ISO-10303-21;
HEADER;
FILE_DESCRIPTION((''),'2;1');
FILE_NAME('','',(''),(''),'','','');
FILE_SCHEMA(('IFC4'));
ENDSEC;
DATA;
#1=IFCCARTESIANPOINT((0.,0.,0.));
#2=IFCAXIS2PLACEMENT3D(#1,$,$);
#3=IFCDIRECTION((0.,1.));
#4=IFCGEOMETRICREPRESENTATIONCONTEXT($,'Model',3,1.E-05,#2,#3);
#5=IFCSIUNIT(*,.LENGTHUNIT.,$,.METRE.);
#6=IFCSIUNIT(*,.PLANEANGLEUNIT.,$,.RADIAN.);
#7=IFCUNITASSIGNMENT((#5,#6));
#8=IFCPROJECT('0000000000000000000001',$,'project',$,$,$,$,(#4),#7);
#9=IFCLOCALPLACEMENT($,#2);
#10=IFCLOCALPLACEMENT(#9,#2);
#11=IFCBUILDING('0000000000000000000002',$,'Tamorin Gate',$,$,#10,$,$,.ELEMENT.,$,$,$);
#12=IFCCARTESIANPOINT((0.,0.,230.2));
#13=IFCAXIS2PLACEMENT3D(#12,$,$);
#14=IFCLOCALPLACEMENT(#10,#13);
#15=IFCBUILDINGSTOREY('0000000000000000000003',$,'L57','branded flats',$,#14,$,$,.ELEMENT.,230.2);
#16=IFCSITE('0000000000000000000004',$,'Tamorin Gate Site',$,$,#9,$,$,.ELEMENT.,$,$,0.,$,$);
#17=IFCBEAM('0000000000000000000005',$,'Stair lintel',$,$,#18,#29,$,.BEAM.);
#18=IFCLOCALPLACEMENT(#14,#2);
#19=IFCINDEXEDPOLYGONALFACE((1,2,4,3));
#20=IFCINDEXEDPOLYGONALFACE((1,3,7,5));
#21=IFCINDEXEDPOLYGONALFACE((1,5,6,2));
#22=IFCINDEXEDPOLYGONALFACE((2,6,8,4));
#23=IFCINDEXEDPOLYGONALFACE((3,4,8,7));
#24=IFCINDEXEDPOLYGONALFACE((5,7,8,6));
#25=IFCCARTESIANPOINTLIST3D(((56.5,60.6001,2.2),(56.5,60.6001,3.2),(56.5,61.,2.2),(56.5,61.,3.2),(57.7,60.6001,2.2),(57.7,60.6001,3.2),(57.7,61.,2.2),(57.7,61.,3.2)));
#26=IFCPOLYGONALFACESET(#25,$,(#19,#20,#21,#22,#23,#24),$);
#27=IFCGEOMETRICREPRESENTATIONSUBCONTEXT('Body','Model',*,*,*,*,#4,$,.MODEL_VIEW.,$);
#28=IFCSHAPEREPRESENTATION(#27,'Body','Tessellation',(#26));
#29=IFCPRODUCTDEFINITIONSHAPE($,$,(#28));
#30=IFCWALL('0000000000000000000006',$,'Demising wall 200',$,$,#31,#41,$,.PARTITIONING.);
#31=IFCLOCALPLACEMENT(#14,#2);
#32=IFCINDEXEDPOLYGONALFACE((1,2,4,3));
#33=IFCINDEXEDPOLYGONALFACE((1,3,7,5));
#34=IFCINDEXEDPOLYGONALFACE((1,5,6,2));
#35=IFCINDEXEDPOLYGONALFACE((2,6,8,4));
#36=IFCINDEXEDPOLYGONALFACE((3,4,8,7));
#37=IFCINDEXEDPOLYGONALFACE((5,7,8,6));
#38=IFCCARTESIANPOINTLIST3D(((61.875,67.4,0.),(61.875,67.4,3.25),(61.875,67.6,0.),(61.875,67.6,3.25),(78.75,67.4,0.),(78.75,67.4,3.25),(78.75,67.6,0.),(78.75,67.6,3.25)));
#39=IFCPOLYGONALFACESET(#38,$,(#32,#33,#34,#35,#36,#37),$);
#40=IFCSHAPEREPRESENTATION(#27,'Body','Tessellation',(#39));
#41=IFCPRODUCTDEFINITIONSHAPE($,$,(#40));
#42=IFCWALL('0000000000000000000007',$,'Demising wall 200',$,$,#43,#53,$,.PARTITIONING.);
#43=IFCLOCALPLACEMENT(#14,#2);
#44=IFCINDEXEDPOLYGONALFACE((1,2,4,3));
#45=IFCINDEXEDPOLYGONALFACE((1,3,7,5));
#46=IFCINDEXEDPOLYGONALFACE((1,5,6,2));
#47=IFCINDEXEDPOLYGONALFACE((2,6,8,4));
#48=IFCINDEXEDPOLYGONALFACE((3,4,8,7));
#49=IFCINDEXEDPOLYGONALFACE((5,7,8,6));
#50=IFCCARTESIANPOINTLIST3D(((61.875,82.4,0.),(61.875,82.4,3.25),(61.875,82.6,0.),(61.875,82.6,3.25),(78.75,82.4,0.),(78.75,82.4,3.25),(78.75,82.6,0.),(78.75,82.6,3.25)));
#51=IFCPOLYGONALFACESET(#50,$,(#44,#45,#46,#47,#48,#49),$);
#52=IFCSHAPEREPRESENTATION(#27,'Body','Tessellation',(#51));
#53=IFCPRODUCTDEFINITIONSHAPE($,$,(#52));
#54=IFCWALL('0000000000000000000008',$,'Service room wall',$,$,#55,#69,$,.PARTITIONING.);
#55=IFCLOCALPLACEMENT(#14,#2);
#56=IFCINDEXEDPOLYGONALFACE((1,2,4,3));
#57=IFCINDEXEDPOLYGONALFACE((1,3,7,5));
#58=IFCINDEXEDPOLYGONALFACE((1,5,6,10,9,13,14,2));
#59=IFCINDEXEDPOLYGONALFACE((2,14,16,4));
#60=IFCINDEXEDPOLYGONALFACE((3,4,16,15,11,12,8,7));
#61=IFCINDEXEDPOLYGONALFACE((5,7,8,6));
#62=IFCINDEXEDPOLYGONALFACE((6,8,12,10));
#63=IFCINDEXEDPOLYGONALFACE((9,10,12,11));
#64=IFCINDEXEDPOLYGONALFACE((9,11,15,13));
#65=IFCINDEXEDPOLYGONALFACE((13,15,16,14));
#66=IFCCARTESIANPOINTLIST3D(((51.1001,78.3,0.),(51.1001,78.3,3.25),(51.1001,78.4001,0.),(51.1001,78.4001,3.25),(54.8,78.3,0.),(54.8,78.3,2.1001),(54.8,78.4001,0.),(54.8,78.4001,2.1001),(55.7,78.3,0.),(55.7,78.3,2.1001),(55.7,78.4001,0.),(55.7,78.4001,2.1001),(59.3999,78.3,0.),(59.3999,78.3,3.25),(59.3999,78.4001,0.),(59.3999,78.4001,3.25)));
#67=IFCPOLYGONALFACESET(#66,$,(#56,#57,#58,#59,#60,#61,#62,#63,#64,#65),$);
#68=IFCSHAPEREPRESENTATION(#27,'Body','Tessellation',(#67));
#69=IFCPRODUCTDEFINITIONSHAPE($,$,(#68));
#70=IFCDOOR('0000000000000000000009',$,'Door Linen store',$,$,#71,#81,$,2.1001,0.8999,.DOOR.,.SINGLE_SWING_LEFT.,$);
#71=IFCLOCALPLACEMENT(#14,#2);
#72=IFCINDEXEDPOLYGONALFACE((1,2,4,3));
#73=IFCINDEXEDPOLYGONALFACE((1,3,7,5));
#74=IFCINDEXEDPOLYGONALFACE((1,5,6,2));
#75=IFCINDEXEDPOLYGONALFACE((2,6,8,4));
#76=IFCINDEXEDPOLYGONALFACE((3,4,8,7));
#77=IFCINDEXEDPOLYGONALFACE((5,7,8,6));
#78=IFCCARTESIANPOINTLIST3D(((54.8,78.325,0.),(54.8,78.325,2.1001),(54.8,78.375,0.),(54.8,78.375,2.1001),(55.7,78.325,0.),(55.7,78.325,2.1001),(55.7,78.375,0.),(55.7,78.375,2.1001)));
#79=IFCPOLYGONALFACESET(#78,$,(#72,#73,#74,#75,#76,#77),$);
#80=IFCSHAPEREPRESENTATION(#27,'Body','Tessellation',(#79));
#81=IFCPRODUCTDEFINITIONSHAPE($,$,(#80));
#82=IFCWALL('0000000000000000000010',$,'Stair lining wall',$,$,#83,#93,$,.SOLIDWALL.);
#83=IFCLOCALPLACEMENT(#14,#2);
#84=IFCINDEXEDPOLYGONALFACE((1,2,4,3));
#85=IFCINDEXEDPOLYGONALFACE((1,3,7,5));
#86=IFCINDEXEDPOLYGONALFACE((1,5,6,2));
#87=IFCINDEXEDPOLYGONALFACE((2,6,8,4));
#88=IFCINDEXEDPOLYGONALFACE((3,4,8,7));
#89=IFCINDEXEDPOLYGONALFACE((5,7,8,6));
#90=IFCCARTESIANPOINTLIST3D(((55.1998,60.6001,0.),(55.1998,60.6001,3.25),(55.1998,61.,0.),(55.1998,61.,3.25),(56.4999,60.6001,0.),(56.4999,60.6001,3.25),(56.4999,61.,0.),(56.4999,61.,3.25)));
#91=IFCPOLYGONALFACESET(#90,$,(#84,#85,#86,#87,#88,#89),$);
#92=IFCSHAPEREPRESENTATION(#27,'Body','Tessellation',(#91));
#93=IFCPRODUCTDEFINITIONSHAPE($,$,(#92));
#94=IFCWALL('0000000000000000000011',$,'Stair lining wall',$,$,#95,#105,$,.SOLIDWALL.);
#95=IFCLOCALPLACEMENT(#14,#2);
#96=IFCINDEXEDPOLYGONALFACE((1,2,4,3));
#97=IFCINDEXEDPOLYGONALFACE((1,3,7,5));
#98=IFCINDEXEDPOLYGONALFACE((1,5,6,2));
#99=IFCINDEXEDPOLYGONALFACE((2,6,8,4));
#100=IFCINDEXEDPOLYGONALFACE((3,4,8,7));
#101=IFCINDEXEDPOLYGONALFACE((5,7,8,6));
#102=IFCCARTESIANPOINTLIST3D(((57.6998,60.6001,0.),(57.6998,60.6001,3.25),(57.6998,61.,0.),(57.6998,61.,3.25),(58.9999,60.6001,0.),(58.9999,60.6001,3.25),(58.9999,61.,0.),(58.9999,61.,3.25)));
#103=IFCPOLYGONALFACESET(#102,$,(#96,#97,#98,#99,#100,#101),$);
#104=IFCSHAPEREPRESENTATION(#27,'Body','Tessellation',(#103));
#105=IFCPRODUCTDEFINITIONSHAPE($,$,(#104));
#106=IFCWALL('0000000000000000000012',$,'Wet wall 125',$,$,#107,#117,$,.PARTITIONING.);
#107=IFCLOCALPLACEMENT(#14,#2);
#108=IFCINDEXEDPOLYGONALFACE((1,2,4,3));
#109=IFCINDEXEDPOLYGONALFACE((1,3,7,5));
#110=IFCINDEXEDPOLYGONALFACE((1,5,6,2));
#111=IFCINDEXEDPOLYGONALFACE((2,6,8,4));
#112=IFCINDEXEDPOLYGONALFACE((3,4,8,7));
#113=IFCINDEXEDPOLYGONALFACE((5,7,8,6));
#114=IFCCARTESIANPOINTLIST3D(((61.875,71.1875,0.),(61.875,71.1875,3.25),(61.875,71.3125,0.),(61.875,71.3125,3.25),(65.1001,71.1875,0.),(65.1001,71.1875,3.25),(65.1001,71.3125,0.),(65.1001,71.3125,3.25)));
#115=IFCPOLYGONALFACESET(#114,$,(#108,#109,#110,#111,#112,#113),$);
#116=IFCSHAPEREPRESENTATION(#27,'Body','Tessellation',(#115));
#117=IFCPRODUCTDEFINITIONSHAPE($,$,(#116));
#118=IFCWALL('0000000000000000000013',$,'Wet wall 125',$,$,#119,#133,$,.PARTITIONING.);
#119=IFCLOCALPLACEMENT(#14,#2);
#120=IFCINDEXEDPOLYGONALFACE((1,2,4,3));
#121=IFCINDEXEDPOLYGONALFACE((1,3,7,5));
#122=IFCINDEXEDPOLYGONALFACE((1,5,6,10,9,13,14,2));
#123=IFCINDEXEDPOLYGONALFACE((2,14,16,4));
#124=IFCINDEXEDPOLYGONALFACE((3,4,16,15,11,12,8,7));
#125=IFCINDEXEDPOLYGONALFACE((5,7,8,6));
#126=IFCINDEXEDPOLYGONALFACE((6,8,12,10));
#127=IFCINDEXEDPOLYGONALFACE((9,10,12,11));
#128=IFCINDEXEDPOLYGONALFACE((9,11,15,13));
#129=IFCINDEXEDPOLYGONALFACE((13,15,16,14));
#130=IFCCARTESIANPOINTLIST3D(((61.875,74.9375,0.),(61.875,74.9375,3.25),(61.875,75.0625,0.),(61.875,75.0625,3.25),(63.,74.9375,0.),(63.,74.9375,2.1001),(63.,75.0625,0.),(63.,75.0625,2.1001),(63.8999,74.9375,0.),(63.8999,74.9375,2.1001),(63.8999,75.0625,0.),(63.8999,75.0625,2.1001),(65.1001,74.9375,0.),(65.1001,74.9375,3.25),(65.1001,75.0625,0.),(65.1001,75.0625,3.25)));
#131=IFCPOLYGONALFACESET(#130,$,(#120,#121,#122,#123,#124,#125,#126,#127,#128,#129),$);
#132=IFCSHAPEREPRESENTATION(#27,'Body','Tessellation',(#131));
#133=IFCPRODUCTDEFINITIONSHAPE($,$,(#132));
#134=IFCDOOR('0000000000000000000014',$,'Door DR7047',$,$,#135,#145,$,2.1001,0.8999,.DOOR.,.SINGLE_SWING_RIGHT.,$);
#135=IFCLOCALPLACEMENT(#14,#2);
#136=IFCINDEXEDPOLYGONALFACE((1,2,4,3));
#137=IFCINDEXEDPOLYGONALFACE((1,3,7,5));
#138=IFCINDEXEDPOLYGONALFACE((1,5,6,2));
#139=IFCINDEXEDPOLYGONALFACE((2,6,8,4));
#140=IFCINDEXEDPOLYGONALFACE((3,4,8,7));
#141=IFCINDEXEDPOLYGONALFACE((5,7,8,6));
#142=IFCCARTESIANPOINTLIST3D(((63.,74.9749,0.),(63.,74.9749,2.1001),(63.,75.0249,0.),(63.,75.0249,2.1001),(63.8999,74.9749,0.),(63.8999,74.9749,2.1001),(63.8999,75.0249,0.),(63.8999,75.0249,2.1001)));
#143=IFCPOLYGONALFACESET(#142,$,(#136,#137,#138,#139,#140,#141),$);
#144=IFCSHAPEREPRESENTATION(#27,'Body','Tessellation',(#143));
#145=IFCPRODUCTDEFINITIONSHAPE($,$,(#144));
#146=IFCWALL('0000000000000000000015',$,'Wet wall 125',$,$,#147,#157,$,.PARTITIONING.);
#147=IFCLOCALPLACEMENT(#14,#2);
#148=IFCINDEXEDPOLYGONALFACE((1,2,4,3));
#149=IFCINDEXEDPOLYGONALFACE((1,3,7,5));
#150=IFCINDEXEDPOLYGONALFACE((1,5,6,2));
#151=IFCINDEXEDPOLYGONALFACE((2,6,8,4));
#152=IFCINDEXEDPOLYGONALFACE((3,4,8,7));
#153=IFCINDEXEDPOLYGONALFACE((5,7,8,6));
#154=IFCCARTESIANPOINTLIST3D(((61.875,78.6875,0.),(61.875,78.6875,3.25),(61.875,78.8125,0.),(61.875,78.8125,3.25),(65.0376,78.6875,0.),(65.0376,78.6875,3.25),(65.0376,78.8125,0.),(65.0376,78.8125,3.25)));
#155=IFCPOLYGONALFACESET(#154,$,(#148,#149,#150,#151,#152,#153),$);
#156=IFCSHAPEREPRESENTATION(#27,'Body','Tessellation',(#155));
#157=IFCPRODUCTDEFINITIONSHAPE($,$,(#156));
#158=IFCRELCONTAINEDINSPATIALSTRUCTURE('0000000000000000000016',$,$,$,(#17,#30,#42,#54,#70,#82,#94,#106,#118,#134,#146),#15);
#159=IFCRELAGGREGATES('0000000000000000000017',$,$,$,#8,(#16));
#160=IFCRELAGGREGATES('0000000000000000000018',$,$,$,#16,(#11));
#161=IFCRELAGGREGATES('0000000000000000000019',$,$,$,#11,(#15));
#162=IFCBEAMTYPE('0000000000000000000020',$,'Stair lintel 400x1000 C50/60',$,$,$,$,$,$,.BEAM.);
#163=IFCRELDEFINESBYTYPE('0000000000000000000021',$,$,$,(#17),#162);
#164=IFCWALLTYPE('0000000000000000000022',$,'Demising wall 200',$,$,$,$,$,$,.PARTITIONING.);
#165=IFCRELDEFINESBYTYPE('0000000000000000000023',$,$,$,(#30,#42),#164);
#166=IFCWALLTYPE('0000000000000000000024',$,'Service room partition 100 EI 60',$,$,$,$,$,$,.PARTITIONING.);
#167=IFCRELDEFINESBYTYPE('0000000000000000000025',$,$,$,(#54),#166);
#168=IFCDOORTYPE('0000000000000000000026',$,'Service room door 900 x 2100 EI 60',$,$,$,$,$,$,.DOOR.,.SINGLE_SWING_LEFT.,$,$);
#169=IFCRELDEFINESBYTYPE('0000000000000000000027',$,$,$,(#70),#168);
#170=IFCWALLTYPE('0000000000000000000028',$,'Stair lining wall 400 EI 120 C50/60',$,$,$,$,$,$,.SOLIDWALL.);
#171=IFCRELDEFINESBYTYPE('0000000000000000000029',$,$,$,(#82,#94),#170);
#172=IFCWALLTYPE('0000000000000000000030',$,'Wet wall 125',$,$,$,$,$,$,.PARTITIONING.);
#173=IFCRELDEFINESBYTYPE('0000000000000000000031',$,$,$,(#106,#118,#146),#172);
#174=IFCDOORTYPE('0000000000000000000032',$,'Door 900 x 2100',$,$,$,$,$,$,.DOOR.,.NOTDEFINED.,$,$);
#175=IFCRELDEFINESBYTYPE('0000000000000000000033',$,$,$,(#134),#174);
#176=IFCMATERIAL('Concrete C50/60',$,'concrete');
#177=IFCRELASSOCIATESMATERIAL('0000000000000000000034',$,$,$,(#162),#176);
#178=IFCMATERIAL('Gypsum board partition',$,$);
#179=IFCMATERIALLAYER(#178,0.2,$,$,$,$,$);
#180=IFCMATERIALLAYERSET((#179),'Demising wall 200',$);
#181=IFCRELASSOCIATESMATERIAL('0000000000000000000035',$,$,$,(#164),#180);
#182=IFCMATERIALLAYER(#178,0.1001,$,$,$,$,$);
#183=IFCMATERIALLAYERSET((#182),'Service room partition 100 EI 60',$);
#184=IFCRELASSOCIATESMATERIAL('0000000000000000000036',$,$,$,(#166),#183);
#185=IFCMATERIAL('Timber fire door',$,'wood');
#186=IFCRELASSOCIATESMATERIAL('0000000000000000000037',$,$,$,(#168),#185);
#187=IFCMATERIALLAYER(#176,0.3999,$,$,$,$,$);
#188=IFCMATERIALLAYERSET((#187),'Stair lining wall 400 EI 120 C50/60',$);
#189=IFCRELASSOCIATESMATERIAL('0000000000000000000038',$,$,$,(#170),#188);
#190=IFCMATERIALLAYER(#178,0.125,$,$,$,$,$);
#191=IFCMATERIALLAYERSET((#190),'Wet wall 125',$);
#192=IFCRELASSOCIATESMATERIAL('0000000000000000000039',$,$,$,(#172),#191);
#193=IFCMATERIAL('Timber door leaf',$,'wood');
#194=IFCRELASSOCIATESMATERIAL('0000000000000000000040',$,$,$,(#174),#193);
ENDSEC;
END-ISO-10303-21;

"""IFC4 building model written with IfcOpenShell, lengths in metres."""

from ifc_helpers import new_model, si_unit, direction, frame, frame_2d, origin, origin_2d, place, context, subcontext, project, spatial, rectangle, extrude, material, layer, layer_set, material_profile, profile_set, type_object, element, fill, save


model = new_model("IFC4")

# Units and contexts
model_context = context("Model", 3, precision=1e-05, world=origin(), true_north=direction((0.0, 1.0)))
body_context = subcontext(model_context, "Body", "Model", "MODEL_VIEW")
ifc_project = project(units=[si_unit("LENGTHUNIT", "METRE"), si_unit("PLANEANGLEUNIT", "RADIAN")], contexts=[model_context])

# Site, building, storey
site_placement = place(None, origin())
site = spatial("IfcSite", under=ifc_project, at=site_placement, Name="Tamorin Gate Site", CompositionType="ELEMENT", RefElevation=0.0)
building_placement = place(site_placement, origin())
building = spatial("IfcBuilding", under=site, at=building_placement, Name="Tamorin Gate", CompositionType="ELEMENT")
storey_placement = place(building_placement, frame((0.0, 0.0, 230.2)))
storey = spatial("IfcBuildingStorey", under=building, at=storey_placement, Name="L57", Description="branded flats", CompositionType="ELEMENT", Elevation=230.2)

# Beam
ifc_material_1 = material(Name="Concrete C50/60", Category="concrete")
ifc_material_profile = material_profile(ifc_material_1, rectangle(XDim=0.3999, YDim=1.0, at=origin_2d()))
ifc_profile_set = profile_set([ifc_material_profile], Name="Concrete C50/60")
beam_type = type_object("IfcBeamType", Name="Stair lintel 400x1000 C50/60", PredefinedType="BEAM", material=ifc_profile_set)
beam_placement = place(storey_placement, frame((56.5, 60.8, 2.7), z_axis=(1.0, 0.0, 0.0), x_axis=(0.0, 1.0, 0.0)))
element("IfcBeam", 1, at=beam_placement, inside=storey, type_object=beam_type, Name="Stair lintel", PredefinedType="BEAM", context=body_context, shape_type="SweptSolid", body=[
    extrude(rectangle(XDim=0.3999, YDim=1.0, at=origin_2d()), origin(), (0.0, 0.0, 1.0), 1.2),
])

# Walls
ifc_material_2 = material(Name="Gypsum board partition")
ifc_layer_1 = layer(ifc_material_2, 0.2)
ifc_layer_set_1 = layer_set([ifc_layer_1], Name="Demising wall 200")
wall_type_1 = type_object("IfcWallType", Name="Demising wall 200", PredefinedType="PARTITIONING", material=ifc_layer_set_1)
for number, where, z_axis, x_axis, name in (
    (2, (61.875, 67.5, 0.0), (0.0, 0.0, 1.0), (1.0, 0.0, 0.0), "Demising wall 200"),
    (3, (61.875, 82.5, 0.0), (0.0, 0.0, 1.0), (1.0, 0.0, 0.0), "Demising wall 200"),
):
    element("IfcWall", number, at=place(storey_placement, frame(where, z_axis=z_axis, x_axis=x_axis)), inside=storey, type_object=wall_type_1, Name=name, PredefinedType="PARTITIONING", context=body_context, shape_type="SweptSolid", body=[
        extrude(rectangle(XDim=16.875, YDim=0.2, at=frame_2d((8.4375, 0.0))), origin(), (0.0, 0.0, 1.0), 3.25),
    ])

# Wall, opening, door
ifc_layer_2 = layer(ifc_material_2, 0.1001)
ifc_layer_set_2 = layer_set([ifc_layer_2], Name="Service room partition 100 EI 60")
wall_type_2 = type_object("IfcWallType", Name="Service room partition 100 EI 60", PredefinedType="PARTITIONING", material=ifc_layer_set_2)
wall_1_placement = place(storey_placement, frame((51.1001, 78.3501, 0.0), z_axis=(0.0, 0.0, 1.0), x_axis=(1.0, 0.0, 0.0)))
wall_1 = element("IfcWall", 4, at=wall_1_placement, inside=storey, type_object=wall_type_2, Name="Service room wall", PredefinedType="PARTITIONING", context=body_context, shape_type="SweptSolid", body=[
    extrude(rectangle(XDim=8.2998, YDim=0.1001, at=frame_2d((4.1499, 0.0))), origin(), (0.0, 0.0, 1.0), 3.25),
])
opening_1_placement = place(wall_1_placement, frame((3.7, 0.0, 0.0)))
opening_1 = element("IfcOpeningElement", 5, at=opening_1_placement, cuts=wall_1, PredefinedType="OPENING", context=body_context, shape_type="SweptSolid", body=[
    extrude(rectangle(XDim=0.8999, YDim=2.1001, at=frame_2d((0.45, 1.05))), frame((0.0, 0.0601, 0.0), z_axis=(0.0, -1.0, 0.0), x_axis=(1.0, 0.0, 0.0)), (0.0, 0.0, 1.0), 0.1201),
])
ifc_material_3 = material(Name="Timber fire door", Category="wood")
door_type_1 = type_object("IfcDoorType", Name="Service room door 900 x 2100 EI 60", OperationType="SINGLE_SWING_LEFT", PredefinedType="DOOR", material=ifc_material_3)
door_1_placement = place(opening_1_placement, origin())
door_1 = element("IfcDoor", 6, at=door_1_placement, inside=storey, type_object=door_type_1, Name="Door Linen store", OperationType="SINGLE_SWING_LEFT", OverallHeight=2.1001, OverallWidth=0.8999, PredefinedType="DOOR", context=body_context, shape_type="SweptSolid", body=[
    extrude(rectangle(XDim=0.8999, YDim=2.1001, at=frame_2d((0.45, 1.05))), frame((0.0, 0.0249, 0.0), z_axis=(0.0, -1.0, 0.0), x_axis=(1.0, 0.0, 0.0)), (0.0, 0.0, 1.0), 0.05),
])
fill(opening_1, door_1)

# Walls
ifc_layer_3 = layer(ifc_material_1, 0.3999)
ifc_layer_set_3 = layer_set([ifc_layer_3], Name="Stair lining wall 400 EI 120 C50/60")
wall_type_3 = type_object("IfcWallType", Name="Stair lining wall 400 EI 120 C50/60", PredefinedType="SOLIDWALL", material=ifc_layer_set_3)
for number, where, z_axis, x_axis, name in (
    (7, (55.2, 60.8, 0.0), (0.0, 0.0, 1.0), (1.0, 0.0, 0.0), "Stair lining wall"),
    (8, (57.7, 60.8, 0.0), (0.0, 0.0, 1.0), (1.0, 0.0, 0.0), "Stair lining wall"),
):
    element("IfcWall", number, at=place(storey_placement, frame(where, z_axis=z_axis, x_axis=x_axis)), inside=storey, type_object=wall_type_3, Name=name, PredefinedType="SOLIDWALL", context=body_context, shape_type="SweptSolid", body=[
        extrude(rectangle(XDim=1.3, YDim=0.3999, at=frame_2d((0.6499, 0.0))), origin(), (0.0, 0.0, 1.0), 3.25),
    ])
ifc_layer_4 = layer(ifc_material_2, 0.125)
ifc_layer_set_4 = layer_set([ifc_layer_4], Name="Wet wall 125")
wall_type_4 = type_object("IfcWallType", Name="Wet wall 125", PredefinedType="PARTITIONING", material=ifc_layer_set_4)
wall_2_placement = place(storey_placement, frame((61.875, 71.25, 0.0), z_axis=(0.0, 0.0, 1.0), x_axis=(1.0, 0.0, 0.0)))
element("IfcWall", 9, at=wall_2_placement, inside=storey, type_object=wall_type_4, Name="Wet wall 125", PredefinedType="PARTITIONING", context=body_context, shape_type="SweptSolid", body=[
    extrude(rectangle(XDim=3.2251, YDim=0.125, at=frame_2d((1.6125, 0.0))), origin(), (0.0, 0.0, 1.0), 3.25),
])

# Wall, opening, door
wall_3_placement = place(storey_placement, frame((61.875, 75.0, 0.0), z_axis=(0.0, 0.0, 1.0), x_axis=(1.0, 0.0, 0.0)))
wall_3 = element("IfcWall", 10, at=wall_3_placement, inside=storey, type_object=wall_type_4, Name="Wet wall 125", PredefinedType="PARTITIONING", context=body_context, shape_type="SweptSolid", body=[
    extrude(rectangle(XDim=3.2251, YDim=0.125, at=frame_2d((1.6125, 0.0))), origin(), (0.0, 0.0, 1.0), 3.25),
])
opening_2_placement = place(wall_3_placement, frame((1.125, 0.0, 0.0)))
opening_2 = element("IfcOpeningElement", 11, at=opening_2_placement, cuts=wall_3, PredefinedType="OPENING", context=body_context, shape_type="SweptSolid", body=[
    extrude(rectangle(XDim=0.8999, YDim=2.1001, at=frame_2d((0.45, 1.05))), frame((0.0, 0.0725, 0.0), z_axis=(0.0, -1.0, 0.0), x_axis=(1.0, 0.0, 0.0)), (0.0, 0.0, 1.0), 0.145),
])
ifc_material_4 = material(Name="Timber door leaf", Category="wood")
door_type_2 = type_object("IfcDoorType", Name="Door 900 x 2100", OperationType="NOTDEFINED", PredefinedType="DOOR", material=ifc_material_4)
door_2_placement = place(opening_2_placement, origin())
door_2 = element("IfcDoor", 12, at=door_2_placement, inside=storey, type_object=door_type_2, Name="Door DR7047", OperationType="SINGLE_SWING_RIGHT", OverallHeight=2.1001, OverallWidth=0.8999, PredefinedType="DOOR", context=body_context, shape_type="SweptSolid", body=[
    extrude(rectangle(XDim=0.8999, YDim=2.1001, at=frame_2d((0.45, 1.05))), frame((0.0, 0.0249, 0.0), z_axis=(0.0, -1.0, 0.0), x_axis=(1.0, 0.0, 0.0)), (0.0, 0.0, 1.0), 0.05),
])
fill(opening_2, door_2)

# Wall
wall_4_placement = place(storey_placement, frame((61.875, 78.75, 0.0), z_axis=(0.0, 0.0, 1.0), x_axis=(1.0, 0.0, 0.0)))
element("IfcWall", 13, at=wall_4_placement, inside=storey, type_object=wall_type_4, Name="Wet wall 125", PredefinedType="PARTITIONING", context=body_context, shape_type="SweptSolid", body=[
    extrude(rectangle(XDim=3.1626, YDim=0.125, at=frame_2d((1.5813, 0.0))), origin(), (0.0, 0.0, 1.0), 3.25),
])

save(model, "model.ifc")
